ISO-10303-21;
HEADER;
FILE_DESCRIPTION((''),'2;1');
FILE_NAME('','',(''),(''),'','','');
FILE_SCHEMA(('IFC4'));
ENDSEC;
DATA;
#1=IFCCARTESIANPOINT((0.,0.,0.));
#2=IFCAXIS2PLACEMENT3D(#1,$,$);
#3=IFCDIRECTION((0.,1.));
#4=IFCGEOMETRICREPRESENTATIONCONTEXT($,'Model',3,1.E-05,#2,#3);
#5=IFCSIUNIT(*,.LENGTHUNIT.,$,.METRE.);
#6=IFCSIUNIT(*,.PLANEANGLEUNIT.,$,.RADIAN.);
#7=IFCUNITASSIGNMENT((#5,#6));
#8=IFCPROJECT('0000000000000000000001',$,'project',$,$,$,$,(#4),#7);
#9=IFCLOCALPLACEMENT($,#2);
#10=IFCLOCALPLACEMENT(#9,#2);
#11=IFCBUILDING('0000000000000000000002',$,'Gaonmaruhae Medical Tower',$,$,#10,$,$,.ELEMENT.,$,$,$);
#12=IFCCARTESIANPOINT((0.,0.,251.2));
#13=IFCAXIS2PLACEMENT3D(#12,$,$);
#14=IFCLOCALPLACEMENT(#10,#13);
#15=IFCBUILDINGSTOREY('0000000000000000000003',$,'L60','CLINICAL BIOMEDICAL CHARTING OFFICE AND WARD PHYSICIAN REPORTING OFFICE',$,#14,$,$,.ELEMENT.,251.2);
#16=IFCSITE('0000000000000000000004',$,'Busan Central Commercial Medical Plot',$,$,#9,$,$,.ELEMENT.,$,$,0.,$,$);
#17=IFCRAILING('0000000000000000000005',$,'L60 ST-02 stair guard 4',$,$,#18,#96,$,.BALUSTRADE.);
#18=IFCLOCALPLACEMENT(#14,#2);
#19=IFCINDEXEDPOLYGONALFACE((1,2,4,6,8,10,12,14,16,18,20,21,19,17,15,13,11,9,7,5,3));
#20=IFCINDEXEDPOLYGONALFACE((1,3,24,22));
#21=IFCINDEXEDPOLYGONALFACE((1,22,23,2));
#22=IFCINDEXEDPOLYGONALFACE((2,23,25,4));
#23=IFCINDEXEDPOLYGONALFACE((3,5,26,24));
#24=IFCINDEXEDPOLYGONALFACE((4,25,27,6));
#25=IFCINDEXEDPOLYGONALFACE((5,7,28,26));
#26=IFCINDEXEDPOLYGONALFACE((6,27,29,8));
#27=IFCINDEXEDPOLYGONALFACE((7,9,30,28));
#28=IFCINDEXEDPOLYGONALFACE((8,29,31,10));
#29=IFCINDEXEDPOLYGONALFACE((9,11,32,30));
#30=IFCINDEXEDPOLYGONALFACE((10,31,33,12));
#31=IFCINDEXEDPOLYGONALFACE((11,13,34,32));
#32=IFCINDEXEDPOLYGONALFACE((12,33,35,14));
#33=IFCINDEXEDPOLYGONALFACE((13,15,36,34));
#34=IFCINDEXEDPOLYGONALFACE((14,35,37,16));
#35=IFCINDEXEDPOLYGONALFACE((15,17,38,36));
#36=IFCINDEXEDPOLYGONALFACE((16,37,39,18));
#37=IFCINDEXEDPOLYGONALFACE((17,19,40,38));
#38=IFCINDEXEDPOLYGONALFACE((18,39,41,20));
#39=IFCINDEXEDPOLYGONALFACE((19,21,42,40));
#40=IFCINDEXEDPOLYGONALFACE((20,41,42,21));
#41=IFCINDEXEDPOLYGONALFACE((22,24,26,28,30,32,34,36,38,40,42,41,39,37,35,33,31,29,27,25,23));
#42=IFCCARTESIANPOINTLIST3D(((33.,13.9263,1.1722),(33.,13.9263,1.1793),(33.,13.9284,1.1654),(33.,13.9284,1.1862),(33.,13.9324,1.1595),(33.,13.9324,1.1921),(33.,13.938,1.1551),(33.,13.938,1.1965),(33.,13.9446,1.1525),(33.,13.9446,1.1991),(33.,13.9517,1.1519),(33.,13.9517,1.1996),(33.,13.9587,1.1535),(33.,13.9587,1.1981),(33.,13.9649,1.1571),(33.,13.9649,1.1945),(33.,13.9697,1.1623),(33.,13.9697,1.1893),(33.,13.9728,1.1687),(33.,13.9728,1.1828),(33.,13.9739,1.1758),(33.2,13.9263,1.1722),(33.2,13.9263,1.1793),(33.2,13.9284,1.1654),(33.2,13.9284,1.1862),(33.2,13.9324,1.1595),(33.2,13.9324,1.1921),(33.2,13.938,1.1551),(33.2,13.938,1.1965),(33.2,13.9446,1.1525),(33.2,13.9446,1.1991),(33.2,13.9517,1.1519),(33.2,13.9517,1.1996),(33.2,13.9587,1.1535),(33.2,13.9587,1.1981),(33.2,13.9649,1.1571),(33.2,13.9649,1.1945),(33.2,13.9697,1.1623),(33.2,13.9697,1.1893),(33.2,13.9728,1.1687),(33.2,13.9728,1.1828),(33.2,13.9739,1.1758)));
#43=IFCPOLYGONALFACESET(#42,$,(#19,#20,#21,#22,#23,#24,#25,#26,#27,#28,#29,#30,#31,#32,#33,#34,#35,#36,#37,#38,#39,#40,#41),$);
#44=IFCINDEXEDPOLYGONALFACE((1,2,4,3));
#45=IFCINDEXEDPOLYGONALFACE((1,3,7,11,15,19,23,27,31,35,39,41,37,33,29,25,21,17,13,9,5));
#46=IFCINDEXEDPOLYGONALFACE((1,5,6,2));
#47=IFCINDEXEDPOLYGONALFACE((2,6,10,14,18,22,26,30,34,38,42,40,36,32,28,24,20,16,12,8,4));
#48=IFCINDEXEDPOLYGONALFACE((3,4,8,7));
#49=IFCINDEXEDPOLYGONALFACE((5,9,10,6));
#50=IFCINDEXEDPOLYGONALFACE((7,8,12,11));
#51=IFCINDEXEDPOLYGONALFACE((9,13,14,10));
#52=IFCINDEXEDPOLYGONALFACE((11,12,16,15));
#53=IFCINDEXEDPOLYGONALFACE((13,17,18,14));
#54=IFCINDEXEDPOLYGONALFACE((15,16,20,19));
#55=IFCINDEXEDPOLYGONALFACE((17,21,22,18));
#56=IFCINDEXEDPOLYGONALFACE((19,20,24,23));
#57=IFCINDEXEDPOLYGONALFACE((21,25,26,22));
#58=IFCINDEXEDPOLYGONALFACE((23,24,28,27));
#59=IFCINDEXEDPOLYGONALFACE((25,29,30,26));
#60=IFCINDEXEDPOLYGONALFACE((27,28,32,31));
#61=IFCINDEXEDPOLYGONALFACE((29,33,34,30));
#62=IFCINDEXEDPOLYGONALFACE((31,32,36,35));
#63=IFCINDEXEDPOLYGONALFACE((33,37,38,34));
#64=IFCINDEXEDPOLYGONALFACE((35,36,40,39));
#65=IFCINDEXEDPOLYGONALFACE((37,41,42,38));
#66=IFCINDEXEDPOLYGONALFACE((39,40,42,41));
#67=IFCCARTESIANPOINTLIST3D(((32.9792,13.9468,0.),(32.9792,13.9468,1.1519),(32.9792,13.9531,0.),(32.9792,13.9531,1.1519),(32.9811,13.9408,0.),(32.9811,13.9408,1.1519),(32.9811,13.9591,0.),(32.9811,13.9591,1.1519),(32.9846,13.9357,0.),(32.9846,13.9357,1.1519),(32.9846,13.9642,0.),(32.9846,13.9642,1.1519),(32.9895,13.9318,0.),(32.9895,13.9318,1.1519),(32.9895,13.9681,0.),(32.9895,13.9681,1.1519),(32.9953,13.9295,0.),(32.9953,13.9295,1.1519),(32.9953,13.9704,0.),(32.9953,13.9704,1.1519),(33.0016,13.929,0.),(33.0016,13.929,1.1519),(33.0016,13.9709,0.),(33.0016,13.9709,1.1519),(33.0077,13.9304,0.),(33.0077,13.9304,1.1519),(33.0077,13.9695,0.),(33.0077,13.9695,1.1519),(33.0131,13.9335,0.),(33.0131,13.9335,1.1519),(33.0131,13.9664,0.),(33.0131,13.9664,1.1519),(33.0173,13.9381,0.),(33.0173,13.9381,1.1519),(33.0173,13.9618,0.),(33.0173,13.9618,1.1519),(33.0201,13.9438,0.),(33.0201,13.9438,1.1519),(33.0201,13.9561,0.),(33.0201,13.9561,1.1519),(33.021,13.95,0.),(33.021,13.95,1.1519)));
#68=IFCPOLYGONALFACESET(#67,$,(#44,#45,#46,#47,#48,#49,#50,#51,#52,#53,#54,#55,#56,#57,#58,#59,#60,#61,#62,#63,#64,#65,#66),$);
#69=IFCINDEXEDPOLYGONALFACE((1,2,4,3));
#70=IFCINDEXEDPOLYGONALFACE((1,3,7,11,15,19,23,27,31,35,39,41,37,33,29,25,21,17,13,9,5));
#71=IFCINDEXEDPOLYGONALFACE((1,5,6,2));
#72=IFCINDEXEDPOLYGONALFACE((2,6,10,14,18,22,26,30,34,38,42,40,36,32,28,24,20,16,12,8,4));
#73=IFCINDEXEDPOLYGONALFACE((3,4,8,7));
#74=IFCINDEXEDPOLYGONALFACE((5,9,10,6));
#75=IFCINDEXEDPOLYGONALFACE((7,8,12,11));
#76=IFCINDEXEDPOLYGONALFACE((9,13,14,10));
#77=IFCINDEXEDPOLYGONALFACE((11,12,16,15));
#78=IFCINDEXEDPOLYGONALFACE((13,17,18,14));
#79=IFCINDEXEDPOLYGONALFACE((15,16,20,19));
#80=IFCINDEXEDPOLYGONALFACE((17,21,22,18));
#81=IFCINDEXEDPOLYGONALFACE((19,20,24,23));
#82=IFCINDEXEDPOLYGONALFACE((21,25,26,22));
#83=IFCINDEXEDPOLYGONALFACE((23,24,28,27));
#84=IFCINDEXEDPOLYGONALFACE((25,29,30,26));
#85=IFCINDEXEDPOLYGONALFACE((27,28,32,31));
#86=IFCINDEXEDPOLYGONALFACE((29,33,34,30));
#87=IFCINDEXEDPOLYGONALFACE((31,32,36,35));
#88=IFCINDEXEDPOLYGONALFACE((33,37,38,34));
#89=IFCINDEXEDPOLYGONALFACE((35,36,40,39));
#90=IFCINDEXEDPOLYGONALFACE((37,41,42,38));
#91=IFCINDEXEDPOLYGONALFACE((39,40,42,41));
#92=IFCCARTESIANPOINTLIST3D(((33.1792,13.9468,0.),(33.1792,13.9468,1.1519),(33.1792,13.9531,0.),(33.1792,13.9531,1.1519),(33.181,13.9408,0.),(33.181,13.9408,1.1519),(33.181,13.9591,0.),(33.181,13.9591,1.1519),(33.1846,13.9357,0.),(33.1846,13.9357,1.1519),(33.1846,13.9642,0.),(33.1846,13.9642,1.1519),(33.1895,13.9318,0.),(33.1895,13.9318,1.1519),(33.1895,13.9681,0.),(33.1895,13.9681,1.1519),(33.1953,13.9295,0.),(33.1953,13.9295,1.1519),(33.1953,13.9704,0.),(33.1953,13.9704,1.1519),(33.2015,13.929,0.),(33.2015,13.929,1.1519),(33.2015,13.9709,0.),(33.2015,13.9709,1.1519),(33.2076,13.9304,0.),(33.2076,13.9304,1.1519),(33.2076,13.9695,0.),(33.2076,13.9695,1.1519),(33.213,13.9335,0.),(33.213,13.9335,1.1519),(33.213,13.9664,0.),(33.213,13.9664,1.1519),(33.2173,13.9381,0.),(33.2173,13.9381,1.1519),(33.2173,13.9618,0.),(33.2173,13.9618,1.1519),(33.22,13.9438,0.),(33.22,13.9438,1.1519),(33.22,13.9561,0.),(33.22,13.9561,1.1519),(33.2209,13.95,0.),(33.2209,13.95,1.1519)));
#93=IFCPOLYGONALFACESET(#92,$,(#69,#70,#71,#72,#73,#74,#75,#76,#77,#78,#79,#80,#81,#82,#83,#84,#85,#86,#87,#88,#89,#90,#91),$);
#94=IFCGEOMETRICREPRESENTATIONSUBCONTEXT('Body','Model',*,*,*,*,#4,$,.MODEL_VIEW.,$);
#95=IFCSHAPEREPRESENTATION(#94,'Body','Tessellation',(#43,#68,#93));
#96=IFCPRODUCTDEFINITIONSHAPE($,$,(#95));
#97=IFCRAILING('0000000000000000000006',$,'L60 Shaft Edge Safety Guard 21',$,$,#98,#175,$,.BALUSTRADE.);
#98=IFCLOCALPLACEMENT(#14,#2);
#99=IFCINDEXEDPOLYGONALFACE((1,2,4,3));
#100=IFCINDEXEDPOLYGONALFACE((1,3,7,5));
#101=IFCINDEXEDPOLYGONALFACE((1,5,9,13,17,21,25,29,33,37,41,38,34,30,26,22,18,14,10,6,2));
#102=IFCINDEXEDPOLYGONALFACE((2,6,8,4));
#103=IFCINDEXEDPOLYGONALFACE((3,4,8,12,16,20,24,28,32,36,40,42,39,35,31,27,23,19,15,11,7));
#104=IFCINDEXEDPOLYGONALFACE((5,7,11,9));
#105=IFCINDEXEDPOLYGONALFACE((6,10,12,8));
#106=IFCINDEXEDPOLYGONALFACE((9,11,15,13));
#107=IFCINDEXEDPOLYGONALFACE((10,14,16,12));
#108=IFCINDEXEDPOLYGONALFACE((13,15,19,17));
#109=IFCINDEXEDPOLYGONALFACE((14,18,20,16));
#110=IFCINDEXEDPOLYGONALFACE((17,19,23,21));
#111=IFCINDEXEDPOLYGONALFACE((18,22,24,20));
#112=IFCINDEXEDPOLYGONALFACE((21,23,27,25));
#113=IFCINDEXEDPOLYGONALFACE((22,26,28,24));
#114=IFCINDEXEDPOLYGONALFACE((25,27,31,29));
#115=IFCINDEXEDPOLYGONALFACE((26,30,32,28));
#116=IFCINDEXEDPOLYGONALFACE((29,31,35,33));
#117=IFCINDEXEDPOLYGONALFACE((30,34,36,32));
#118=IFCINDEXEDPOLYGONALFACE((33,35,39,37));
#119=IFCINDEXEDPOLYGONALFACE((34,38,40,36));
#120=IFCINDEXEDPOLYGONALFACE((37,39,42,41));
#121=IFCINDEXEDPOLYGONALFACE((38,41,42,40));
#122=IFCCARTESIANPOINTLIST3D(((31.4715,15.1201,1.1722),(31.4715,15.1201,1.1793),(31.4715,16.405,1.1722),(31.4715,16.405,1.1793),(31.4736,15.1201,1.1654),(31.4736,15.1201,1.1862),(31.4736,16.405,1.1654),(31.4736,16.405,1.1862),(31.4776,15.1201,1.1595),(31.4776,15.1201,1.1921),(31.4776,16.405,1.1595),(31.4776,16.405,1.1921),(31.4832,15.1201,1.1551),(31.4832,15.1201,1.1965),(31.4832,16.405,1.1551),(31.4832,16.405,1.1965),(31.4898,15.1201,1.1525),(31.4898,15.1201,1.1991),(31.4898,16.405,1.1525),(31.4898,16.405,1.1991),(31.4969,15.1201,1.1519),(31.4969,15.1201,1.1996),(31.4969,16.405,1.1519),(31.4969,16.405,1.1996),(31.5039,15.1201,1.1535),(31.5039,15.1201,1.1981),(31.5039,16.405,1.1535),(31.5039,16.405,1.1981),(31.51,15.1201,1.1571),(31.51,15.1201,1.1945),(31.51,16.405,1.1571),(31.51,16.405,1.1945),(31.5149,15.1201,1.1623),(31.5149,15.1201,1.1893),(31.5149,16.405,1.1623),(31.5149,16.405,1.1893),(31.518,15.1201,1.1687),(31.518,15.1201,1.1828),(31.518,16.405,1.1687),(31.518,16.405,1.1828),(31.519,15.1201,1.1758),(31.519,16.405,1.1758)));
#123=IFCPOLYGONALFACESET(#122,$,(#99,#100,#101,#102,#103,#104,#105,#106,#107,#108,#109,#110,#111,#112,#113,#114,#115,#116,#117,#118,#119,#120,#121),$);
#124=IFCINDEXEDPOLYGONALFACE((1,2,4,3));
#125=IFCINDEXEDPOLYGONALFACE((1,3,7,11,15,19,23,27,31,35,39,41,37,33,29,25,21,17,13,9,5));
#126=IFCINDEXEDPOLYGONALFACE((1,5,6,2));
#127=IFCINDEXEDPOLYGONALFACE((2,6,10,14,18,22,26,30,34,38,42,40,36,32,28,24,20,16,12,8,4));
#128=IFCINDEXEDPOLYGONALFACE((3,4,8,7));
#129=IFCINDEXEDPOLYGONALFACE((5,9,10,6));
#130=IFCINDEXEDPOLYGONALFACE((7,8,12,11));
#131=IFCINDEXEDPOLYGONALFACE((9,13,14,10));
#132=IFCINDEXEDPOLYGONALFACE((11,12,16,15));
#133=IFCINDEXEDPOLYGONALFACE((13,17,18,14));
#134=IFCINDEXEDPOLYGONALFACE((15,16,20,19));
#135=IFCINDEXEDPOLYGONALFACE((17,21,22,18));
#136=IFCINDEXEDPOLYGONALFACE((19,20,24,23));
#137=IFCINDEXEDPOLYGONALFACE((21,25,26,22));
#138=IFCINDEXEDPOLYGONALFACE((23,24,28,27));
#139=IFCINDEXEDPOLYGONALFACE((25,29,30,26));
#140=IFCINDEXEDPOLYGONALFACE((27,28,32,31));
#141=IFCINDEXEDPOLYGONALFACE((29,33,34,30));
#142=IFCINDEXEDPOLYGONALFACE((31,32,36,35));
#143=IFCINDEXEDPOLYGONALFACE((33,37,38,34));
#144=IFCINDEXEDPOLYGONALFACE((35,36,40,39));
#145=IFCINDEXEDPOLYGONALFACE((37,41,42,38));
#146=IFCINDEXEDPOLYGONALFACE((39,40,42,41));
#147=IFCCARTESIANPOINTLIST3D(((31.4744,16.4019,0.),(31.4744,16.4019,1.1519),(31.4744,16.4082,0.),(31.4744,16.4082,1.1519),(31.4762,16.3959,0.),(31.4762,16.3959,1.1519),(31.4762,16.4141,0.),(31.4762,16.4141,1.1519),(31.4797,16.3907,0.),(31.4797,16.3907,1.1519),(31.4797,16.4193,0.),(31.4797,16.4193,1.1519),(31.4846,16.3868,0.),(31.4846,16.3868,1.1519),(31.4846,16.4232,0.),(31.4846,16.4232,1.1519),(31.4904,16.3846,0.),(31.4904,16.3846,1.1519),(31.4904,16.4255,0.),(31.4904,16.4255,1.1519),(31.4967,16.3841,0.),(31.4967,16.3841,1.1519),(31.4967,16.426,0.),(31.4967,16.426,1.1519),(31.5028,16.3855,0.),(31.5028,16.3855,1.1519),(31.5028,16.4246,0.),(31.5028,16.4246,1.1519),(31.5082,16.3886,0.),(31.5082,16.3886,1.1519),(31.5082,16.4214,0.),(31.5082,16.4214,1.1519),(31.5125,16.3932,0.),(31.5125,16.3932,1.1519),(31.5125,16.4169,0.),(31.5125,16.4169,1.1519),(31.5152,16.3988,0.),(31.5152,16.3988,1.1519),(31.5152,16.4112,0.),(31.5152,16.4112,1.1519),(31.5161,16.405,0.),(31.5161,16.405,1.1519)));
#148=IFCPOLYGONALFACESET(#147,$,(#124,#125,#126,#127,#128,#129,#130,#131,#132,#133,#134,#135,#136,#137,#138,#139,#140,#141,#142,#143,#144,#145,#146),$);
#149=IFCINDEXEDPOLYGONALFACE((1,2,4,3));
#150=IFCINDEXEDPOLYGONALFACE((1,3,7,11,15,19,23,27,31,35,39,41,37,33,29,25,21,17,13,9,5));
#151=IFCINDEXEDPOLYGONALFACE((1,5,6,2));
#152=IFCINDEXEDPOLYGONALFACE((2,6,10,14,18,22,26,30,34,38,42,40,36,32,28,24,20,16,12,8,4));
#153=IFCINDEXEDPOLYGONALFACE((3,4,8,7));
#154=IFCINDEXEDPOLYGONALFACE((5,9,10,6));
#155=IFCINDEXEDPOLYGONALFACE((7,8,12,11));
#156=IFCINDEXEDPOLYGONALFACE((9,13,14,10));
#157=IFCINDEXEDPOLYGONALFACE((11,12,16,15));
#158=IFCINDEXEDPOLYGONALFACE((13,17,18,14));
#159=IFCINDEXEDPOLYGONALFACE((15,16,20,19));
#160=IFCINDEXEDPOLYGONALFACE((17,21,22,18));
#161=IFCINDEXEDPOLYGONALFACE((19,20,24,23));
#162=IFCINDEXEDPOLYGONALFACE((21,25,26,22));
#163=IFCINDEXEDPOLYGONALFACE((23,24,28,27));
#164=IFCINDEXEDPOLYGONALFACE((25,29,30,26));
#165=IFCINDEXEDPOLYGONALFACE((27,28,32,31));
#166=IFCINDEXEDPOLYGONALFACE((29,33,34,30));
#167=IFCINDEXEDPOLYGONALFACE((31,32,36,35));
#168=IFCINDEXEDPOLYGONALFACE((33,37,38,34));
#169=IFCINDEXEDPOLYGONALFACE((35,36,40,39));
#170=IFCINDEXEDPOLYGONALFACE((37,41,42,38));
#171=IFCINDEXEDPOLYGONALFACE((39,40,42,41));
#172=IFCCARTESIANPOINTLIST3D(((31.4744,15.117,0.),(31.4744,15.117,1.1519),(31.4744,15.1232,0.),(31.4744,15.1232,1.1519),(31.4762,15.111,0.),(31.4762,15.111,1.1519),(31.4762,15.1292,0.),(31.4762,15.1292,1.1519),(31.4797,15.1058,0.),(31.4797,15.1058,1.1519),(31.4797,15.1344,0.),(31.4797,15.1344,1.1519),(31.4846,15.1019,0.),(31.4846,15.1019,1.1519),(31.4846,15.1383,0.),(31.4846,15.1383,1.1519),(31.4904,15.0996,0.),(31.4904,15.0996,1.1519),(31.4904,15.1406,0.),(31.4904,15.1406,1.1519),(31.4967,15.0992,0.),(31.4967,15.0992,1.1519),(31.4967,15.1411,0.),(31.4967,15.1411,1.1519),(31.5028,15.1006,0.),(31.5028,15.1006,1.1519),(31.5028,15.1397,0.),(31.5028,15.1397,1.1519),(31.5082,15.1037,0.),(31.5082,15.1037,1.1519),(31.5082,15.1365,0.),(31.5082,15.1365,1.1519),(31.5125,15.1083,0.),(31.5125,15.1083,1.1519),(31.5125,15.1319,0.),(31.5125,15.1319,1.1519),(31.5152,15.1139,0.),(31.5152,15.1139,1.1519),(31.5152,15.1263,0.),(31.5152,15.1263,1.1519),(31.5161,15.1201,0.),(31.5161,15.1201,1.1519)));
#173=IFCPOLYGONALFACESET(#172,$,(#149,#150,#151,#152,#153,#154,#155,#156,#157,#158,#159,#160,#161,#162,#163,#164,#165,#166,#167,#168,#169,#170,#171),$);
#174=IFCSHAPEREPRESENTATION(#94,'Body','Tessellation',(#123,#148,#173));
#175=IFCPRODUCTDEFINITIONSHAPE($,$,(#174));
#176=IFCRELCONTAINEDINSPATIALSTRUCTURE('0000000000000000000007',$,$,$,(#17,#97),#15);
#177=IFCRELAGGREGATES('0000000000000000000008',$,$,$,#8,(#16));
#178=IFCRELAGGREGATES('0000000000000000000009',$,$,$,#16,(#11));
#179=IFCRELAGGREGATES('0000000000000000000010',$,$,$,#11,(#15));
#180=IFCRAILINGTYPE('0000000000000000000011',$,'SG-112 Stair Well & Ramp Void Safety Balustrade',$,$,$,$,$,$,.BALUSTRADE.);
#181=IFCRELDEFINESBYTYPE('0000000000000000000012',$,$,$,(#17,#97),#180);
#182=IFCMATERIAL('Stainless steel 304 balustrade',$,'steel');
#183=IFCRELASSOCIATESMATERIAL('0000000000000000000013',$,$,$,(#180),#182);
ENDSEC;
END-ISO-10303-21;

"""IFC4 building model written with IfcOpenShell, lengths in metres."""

from ifc_helpers import new_model, si_unit, direction, frame, origin, origin_2d, place, context, subcontext, project, spatial, circle, extrude, material, type_object, element, save


model = new_model("IFC4")

# Units and contexts
model_context = context("Model", 3, precision=1e-05, world=origin(), true_north=direction((0.0, 1.0)))
body_context = subcontext(model_context, "Body", "Model", "MODEL_VIEW")
ifc_project = project(units=[si_unit("LENGTHUNIT", "METRE"), si_unit("PLANEANGLEUNIT", "RADIAN")], contexts=[model_context])

# Site, building, storey
site_placement = place(None, origin())
site = spatial("IfcSite", under=ifc_project, at=site_placement, Name="Busan Central Commercial Medical Plot", CompositionType="ELEMENT", RefElevation=0.0)
building_placement = place(site_placement, origin())
building = spatial("IfcBuilding", under=site, at=building_placement, Name="Gaonmaruhae Medical Tower", CompositionType="ELEMENT")
storey_placement = place(building_placement, frame((0.0, 0.0, 251.2)))
storey = spatial("IfcBuildingStorey", under=building, at=storey_placement, Name="L60", Description="CLINICAL BIOMEDICAL CHARTING OFFICE AND WARD PHYSICIAN REPORTING OFFICE", CompositionType="ELEMENT", Elevation=251.2)

# Railings
ifc_material_1 = material(Name="Stainless steel 304 balustrade", Category="steel")
railing_type_1 = type_object("IfcRailingType", Name="SG-112 Stair Well & Ramp Void Safety Balustrade", PredefinedType="BALUSTRADE", material=ifc_material_1)
railing_1_placement = place(storey_placement, frame((33.0, 13.95, 0.0)))
element("IfcRailing", 1, at=railing_1_placement, inside=storey, type_object=railing_type_1, Name="L60 ST-02 stair guard 4", PredefinedType="BALUSTRADE", context=body_context, shape_type="SweptSolid", body=[
    extrude(circle(Radius=0.0239, at=origin_2d()), frame((0.0, 0.0, 1.1758), z_axis=(1.0, 0.0, 0.0), x_axis=(0.0, 1.0, 0.0)), (0.0, 0.0, 1.0), 0.2),
    extrude(circle(Radius=0.021, at=origin_2d()), origin(), (0.0, 0.0, 1.0), 1.1519),
    extrude(circle(Radius=0.021, at=origin_2d()), frame((0.2, 0.0, 0.0)), (0.0, 0.0, 1.0), 1.1519),
])
railing_2_placement = place(storey_placement, frame((31.4951, 16.405, 0.0)))
element("IfcRailing", 2, at=railing_2_placement, inside=storey, type_object=railing_type_1, Name="L60 Shaft Edge Safety Guard 21", PredefinedType="BALUSTRADE", context=body_context, shape_type="SweptSolid", body=[
    extrude(circle(Radius=0.0239, at=origin_2d()), frame((0.0, 0.0, 1.1758), z_axis=(0.0, -1.0, 0.0), x_axis=(1.0, 0.0, 0.0)), (0.0, 0.0, 1.0), 1.2849),
    extrude(circle(Radius=0.021, at=origin_2d()), origin(), (0.0, 0.0, 1.0), 1.1519),
    extrude(circle(Radius=0.021, at=origin_2d()), frame((0.0, -1.2849, 0.0)), (0.0, 0.0, 1.0), 1.1519),
])

save(model, "model.ifc")
